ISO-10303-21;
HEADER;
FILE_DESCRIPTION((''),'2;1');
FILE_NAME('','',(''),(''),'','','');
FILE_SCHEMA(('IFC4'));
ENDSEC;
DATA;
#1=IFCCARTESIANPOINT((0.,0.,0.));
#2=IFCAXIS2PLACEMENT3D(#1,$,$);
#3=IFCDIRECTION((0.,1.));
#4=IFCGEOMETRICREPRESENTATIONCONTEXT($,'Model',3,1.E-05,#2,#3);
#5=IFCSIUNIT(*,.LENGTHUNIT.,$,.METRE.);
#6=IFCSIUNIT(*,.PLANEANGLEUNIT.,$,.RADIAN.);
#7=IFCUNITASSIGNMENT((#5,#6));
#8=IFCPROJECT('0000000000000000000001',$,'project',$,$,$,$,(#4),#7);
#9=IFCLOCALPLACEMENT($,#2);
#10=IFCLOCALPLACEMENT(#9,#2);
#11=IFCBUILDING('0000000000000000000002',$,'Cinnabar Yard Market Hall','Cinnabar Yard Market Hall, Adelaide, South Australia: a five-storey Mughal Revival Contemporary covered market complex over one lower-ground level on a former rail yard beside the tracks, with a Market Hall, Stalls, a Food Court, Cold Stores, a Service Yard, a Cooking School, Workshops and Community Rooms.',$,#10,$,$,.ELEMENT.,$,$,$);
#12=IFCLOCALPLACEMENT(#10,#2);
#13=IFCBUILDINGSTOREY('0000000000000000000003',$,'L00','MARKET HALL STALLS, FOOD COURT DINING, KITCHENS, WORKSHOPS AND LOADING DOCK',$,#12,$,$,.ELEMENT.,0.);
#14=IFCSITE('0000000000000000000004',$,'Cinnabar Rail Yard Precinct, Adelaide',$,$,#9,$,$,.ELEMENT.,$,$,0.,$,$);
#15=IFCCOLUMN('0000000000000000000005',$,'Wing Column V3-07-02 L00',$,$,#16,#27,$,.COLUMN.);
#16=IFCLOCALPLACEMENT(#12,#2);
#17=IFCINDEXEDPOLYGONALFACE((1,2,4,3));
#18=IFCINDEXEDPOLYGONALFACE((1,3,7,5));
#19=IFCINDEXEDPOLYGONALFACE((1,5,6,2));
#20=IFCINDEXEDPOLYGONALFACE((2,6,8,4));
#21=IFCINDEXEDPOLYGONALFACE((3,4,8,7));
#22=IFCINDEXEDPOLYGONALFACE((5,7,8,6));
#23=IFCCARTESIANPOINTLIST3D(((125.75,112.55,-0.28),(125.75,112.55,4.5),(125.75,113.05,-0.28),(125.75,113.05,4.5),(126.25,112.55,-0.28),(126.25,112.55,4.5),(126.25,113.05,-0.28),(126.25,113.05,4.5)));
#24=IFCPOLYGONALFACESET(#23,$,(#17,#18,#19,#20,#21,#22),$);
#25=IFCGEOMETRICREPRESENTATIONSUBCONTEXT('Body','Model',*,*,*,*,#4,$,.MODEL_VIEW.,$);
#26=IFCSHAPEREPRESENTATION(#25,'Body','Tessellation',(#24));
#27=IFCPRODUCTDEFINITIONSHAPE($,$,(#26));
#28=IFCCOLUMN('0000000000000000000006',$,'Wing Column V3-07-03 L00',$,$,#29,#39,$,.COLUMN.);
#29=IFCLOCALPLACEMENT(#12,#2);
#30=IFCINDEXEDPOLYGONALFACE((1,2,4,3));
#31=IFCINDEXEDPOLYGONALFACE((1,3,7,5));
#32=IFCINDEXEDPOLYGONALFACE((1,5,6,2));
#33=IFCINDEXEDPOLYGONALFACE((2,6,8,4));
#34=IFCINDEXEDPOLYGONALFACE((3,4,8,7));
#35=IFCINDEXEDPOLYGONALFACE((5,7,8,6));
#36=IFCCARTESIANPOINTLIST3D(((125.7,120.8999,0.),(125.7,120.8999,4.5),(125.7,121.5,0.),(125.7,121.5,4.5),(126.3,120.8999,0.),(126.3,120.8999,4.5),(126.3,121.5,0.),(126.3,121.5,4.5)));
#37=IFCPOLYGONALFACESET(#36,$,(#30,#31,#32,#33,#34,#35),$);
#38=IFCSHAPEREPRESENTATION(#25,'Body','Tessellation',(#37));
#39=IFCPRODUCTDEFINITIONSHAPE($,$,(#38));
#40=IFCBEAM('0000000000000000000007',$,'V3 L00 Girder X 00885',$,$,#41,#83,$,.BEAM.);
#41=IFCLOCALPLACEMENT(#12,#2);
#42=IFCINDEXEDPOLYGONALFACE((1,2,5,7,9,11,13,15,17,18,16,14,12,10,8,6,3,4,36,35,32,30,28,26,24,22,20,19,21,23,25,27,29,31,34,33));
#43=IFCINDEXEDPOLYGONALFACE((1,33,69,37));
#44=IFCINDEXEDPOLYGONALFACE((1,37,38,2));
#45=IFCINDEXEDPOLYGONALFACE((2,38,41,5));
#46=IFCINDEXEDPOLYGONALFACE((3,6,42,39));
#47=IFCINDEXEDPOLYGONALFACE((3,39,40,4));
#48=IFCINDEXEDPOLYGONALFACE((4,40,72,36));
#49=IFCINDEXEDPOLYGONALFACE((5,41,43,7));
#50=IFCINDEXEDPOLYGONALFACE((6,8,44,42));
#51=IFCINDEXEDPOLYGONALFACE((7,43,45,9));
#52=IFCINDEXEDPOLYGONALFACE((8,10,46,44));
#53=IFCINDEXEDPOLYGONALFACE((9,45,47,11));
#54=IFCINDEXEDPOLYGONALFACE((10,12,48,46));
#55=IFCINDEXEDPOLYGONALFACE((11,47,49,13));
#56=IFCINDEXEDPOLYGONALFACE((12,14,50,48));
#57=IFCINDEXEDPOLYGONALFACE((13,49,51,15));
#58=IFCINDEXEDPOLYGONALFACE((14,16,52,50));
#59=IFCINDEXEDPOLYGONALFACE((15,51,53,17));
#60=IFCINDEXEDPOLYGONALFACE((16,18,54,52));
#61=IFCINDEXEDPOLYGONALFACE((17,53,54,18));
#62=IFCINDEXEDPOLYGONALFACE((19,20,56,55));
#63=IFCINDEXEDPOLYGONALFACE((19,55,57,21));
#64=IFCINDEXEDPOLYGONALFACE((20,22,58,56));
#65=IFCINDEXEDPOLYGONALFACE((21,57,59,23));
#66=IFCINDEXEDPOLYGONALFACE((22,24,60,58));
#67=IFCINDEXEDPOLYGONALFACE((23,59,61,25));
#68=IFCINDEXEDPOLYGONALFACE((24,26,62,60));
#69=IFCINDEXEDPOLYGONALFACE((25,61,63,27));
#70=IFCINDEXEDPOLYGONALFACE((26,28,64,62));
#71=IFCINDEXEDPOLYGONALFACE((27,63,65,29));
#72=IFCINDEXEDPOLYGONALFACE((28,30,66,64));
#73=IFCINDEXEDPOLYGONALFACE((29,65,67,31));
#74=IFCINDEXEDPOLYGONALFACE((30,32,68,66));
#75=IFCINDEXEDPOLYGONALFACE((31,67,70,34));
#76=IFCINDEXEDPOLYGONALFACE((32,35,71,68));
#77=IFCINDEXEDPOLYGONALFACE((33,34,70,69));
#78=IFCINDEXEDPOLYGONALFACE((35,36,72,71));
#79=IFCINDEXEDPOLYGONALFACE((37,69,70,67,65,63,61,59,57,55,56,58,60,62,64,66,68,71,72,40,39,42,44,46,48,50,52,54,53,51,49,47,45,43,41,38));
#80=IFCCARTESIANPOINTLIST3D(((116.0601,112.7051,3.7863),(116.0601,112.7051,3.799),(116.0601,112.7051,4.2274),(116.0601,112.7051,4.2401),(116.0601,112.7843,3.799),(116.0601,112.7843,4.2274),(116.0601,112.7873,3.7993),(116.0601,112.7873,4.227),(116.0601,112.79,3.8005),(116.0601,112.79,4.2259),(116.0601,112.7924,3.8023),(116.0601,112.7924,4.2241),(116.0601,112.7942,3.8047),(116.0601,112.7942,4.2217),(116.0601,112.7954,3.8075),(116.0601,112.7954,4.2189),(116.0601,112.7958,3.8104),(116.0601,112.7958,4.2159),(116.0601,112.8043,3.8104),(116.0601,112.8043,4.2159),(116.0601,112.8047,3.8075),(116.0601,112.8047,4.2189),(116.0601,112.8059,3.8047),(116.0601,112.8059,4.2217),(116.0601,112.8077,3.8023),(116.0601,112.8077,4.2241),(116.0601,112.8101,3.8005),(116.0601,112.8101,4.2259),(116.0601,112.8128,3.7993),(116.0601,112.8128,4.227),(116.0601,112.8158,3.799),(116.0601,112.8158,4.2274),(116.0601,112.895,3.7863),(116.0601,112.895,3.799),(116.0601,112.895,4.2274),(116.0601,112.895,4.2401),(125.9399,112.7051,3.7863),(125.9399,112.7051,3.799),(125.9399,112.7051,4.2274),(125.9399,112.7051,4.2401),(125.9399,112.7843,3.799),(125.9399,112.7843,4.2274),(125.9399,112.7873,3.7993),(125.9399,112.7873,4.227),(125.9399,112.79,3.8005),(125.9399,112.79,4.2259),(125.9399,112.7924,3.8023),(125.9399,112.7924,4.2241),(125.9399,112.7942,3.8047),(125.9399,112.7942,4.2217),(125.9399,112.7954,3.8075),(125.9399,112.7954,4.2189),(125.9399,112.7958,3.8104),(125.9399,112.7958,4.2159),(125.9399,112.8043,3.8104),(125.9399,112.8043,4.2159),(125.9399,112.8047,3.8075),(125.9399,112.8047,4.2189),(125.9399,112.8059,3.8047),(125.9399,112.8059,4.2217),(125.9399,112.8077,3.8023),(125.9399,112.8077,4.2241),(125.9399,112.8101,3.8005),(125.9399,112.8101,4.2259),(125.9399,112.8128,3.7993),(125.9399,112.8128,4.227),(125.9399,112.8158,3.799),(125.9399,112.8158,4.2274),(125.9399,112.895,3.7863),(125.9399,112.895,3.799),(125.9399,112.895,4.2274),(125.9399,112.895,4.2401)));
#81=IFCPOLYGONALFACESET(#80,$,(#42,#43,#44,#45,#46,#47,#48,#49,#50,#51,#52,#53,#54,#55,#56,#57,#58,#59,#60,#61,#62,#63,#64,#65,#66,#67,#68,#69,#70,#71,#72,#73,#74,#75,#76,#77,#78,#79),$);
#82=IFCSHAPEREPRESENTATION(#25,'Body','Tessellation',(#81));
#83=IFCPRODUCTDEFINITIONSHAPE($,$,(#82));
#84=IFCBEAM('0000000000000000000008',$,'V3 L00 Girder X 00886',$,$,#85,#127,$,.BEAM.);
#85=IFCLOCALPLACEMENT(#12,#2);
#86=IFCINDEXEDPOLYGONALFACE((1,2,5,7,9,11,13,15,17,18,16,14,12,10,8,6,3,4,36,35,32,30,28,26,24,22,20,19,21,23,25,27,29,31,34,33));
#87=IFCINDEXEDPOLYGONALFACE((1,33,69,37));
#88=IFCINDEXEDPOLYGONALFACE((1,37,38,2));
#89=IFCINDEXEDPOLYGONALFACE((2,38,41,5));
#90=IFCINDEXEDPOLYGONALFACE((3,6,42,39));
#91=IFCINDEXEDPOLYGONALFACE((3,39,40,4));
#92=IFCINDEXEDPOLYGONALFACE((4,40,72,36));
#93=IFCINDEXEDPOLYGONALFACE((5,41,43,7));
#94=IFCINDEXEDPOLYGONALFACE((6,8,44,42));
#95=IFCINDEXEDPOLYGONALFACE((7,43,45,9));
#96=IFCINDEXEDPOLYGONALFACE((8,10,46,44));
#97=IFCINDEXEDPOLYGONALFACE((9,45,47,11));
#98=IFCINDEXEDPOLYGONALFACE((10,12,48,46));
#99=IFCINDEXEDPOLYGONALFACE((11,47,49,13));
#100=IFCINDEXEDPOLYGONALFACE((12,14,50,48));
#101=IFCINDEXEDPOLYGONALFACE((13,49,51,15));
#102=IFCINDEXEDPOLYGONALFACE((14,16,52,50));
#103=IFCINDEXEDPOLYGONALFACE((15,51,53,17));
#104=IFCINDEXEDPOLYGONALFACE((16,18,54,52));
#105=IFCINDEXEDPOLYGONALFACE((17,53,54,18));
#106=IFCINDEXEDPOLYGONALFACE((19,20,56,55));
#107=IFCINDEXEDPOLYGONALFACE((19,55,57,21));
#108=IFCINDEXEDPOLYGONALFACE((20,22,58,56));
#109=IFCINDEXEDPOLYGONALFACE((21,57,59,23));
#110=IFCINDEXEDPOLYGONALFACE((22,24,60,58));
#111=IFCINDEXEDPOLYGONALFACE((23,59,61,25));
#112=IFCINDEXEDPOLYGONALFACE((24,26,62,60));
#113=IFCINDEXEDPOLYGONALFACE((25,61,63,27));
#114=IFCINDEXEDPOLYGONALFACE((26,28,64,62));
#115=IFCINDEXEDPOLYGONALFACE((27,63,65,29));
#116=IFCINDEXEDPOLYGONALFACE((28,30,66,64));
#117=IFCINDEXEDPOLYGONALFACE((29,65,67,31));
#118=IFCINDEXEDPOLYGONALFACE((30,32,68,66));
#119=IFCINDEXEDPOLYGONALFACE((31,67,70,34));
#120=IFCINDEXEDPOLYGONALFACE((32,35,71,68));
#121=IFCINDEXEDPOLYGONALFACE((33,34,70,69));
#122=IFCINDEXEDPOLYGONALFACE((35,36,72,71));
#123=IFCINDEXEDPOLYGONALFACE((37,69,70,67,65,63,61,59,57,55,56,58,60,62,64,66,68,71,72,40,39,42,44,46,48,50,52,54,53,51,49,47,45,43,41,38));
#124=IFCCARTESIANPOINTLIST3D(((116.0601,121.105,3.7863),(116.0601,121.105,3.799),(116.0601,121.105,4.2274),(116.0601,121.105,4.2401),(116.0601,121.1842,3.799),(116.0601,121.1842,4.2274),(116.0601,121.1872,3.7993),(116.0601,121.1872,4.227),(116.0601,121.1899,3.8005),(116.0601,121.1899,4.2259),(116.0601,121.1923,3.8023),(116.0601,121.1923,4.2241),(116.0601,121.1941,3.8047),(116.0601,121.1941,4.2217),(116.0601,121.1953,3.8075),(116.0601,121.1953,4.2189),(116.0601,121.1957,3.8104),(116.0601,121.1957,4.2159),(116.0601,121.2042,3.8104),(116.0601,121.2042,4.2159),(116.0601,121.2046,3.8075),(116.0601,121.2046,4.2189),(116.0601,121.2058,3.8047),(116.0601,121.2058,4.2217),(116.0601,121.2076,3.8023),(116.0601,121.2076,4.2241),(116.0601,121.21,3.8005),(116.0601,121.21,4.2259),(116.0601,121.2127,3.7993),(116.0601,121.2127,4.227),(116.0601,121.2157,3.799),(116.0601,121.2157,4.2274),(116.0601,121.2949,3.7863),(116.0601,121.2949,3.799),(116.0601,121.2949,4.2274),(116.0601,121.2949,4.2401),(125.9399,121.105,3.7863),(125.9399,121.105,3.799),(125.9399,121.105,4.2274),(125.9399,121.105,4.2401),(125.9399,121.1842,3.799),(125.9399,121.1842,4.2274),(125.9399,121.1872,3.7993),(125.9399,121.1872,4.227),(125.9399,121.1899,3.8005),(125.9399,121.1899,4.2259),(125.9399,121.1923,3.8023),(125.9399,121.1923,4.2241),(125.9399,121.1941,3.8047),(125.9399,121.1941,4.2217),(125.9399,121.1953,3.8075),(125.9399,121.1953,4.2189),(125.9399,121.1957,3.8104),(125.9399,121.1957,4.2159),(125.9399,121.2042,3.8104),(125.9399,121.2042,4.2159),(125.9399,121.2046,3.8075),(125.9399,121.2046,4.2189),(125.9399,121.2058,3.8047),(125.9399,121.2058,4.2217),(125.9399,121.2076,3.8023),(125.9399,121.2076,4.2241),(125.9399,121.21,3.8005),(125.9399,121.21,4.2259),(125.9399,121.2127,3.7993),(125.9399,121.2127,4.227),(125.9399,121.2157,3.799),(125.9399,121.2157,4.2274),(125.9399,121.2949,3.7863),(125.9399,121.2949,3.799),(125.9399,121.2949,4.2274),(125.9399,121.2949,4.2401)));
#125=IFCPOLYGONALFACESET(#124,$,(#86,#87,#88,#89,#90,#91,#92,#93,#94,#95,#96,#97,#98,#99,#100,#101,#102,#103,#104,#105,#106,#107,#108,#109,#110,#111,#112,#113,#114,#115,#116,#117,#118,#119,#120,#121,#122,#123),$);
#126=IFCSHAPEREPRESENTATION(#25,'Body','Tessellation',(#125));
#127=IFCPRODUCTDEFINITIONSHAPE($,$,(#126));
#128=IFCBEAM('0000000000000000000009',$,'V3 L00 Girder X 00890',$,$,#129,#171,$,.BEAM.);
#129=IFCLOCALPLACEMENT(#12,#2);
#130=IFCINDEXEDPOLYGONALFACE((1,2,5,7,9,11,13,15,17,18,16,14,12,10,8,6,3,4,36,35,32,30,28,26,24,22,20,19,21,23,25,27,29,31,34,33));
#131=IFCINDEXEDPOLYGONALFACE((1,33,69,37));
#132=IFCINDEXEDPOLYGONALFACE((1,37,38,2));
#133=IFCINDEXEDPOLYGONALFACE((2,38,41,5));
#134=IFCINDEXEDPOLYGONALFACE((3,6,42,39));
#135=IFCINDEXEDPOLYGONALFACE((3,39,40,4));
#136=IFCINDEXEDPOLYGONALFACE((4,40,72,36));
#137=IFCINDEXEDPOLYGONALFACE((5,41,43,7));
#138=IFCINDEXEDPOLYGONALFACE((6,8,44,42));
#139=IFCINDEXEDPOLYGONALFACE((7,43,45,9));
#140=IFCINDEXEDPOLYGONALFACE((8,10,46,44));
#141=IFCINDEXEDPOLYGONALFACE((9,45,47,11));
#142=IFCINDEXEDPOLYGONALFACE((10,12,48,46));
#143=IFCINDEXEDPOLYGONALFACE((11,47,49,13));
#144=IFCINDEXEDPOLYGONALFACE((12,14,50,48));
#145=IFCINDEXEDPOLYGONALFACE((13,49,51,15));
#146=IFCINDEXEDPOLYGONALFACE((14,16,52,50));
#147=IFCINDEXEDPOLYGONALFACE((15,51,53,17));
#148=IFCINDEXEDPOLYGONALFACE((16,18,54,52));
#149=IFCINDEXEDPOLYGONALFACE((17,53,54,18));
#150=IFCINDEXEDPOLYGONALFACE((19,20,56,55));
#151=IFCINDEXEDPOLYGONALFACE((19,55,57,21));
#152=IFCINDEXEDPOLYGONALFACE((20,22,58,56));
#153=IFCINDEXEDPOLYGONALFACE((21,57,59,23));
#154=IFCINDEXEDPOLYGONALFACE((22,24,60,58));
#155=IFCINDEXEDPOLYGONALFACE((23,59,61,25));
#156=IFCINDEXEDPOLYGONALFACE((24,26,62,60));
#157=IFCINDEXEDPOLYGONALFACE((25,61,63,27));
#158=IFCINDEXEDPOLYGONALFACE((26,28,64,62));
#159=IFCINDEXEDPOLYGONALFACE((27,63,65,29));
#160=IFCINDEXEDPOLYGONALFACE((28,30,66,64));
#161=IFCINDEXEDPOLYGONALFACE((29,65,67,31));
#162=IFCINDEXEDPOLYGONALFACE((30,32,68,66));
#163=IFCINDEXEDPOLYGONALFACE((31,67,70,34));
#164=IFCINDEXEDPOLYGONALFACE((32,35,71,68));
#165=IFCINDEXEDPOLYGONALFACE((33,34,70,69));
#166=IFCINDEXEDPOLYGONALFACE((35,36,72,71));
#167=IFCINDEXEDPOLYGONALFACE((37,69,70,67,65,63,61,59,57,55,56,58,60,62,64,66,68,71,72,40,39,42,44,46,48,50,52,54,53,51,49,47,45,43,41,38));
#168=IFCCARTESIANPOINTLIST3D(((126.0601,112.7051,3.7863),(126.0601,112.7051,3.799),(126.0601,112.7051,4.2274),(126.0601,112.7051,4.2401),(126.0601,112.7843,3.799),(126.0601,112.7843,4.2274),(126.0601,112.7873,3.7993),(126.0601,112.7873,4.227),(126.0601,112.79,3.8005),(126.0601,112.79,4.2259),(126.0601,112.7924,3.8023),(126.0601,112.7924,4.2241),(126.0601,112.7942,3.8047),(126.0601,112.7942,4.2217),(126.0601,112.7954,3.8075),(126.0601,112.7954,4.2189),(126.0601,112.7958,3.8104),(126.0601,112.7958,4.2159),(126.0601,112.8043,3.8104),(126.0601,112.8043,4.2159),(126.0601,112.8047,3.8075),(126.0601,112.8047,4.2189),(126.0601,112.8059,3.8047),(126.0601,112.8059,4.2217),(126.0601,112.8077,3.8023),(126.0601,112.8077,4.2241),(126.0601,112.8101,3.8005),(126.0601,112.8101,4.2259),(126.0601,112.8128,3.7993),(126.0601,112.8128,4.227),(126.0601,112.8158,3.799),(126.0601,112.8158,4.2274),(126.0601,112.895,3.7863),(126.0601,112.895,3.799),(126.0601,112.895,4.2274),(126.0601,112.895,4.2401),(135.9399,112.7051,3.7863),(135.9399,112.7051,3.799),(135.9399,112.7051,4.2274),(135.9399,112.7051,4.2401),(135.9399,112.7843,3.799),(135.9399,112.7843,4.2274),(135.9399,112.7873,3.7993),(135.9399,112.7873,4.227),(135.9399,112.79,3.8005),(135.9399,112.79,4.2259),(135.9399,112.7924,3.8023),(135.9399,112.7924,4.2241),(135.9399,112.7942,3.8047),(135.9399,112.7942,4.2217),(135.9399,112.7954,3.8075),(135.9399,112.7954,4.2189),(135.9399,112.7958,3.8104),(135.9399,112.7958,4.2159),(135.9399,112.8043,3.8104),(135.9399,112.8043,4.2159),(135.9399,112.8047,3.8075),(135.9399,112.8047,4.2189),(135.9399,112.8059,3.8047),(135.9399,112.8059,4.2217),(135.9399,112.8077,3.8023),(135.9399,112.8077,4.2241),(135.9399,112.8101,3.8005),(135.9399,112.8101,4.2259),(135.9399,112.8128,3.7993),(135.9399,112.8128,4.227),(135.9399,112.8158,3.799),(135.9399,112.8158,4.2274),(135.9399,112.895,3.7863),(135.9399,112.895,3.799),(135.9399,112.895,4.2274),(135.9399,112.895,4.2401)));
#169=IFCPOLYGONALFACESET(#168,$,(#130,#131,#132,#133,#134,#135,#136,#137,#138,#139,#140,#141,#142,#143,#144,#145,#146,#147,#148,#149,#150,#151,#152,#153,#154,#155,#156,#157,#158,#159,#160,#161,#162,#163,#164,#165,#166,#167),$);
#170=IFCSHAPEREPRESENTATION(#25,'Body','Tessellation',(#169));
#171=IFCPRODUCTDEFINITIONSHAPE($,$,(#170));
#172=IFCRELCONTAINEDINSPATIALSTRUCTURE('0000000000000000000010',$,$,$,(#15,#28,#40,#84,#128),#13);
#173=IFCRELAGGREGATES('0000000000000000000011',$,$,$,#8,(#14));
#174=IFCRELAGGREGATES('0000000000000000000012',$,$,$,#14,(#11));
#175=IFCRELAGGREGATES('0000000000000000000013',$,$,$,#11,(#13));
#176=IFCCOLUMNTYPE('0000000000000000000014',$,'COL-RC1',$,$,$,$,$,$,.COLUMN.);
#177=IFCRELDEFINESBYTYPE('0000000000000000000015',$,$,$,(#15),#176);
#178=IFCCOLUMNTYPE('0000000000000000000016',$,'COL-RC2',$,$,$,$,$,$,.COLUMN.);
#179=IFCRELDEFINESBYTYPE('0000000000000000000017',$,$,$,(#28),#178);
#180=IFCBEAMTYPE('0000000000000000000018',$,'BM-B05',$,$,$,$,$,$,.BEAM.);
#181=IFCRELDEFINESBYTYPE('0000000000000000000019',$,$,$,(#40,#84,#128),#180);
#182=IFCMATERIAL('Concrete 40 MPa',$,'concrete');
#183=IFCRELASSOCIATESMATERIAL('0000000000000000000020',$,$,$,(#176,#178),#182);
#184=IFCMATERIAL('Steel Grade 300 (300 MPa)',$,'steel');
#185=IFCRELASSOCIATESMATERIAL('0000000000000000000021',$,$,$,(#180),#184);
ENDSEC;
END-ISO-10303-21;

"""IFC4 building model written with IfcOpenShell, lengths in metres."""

from ifc_helpers import new_model, si_unit, direction, frame, origin, origin_2d_with_axis, place, context, subcontext, project, spatial, rectangle, i_section, extrude, material, material_profile, profile_set, type_object, element, save


model = new_model("IFC4")

# Units and contexts
model_context = context("Model", 3, precision=1e-05, world=origin(), true_north=direction((0.0, 1.0)))
body_context = subcontext(model_context, "Body", "Model", "MODEL_VIEW")
ifc_project = project(units=[si_unit("LENGTHUNIT", "METRE"), si_unit("PLANEANGLEUNIT", "RADIAN")], contexts=[model_context])

# Site, building, storey
site_placement = place(None, origin())
site = spatial("IfcSite", under=ifc_project, at=site_placement, Name="Cinnabar Rail Yard Precinct, Adelaide", CompositionType="ELEMENT", RefElevation=0.0)
building_placement = place(site_placement, origin())
building = spatial("IfcBuilding", under=site, at=building_placement, Name="Cinnabar Yard Market Hall", Description="Cinnabar Yard Market Hall, Adelaide, South Australia: a five-storey Mughal Revival Contemporary covered market complex over one lower-ground level on a former rail yard beside the tracks, with a Market Hall, Stalls, a Food Court, Cold Stores, a Service Yard, a Cooking School, Workshops and Community Rooms.", CompositionType="ELEMENT")
storey_placement = place(building_placement, origin())
storey = spatial("IfcBuildingStorey", under=building, at=storey_placement, Name="L00", Description="MARKET HALL STALLS, FOOD COURT DINING, KITCHENS, WORKSHOPS AND LOADING DOCK", CompositionType="ELEMENT", Elevation=0.0)

# Columns
ifc_material_1 = material(Name="Steel Grade 300 (300 MPa)", Category="steel")
ifc_material_2 = material(Name="Concrete 40 MPa", Category="concrete")
ifc_material_profile_1 = material_profile(ifc_material_2, rectangle(XDim=0.5, YDim=0.5, at=origin_2d_with_axis()), Name="RC-500x500")
ifc_profile_set_1 = profile_set([ifc_material_profile_1], Name="Concrete 40 MPa")
column_type_1 = type_object("IfcColumnType", Name="COL-RC1", PredefinedType="COLUMN", material=ifc_profile_set_1)
column_1_placement = place(storey_placement, frame((126.0, 112.8, -0.28), z_axis=(0.0, 0.0, 1.0), x_axis=(1.0, 0.0, 0.0)))
element("IfcColumn", 1, at=column_1_placement, inside=storey, type_object=column_type_1, Name="Wing Column V3-07-02 L00", PredefinedType="COLUMN", context=body_context, shape_type="SweptSolid", body=[
    extrude(rectangle(XDim=0.5, YDim=0.5, at=origin_2d_with_axis()), origin(), (0.0, 0.0, 1.0), 4.78),
])
ifc_material_profile_2 = material_profile(ifc_material_2, rectangle(XDim=0.6001, YDim=0.6001, at=origin_2d_with_axis()), Name="RC-600x600")
ifc_profile_set_2 = profile_set([ifc_material_profile_2], Name="Concrete 40 MPa")
column_type_2 = type_object("IfcColumnType", Name="COL-RC2", PredefinedType="COLUMN", material=ifc_profile_set_2)
column_2_placement = place(storey_placement, frame((126.0, 121.2, 0.0), z_axis=(0.0, 0.0, 1.0), x_axis=(1.0, 0.0, 0.0)))
element("IfcColumn", 2, at=column_2_placement, inside=storey, type_object=column_type_2, Name="Wing Column V3-07-03 L00", PredefinedType="COLUMN", context=body_context, shape_type="SweptSolid", body=[
    extrude(rectangle(XDim=0.6001, YDim=0.6001, at=origin_2d_with_axis()), origin(), (0.0, 0.0, 1.0), 4.5),
])

# Beams
ifc_material_profile_3 = material_profile(ifc_material_1, i_section(OverallWidth=0.1899, OverallDepth=0.4539, WebThickness=0.0085, FlangeThickness=0.0127, FilletRadius=0.0115, at=origin_2d_with_axis()), Name="460UB67.1")
ifc_profile_set_3 = profile_set([ifc_material_profile_3], Name="Steel Grade 300 (300 MPa)")
beam_type_1 = type_object("IfcBeamType", Name="BM-B05", PredefinedType="BEAM", material=ifc_profile_set_3)
for number, where, z_axis, x_axis, name in (
    (3, (116.0601, 112.8, 4.0132), (1.0, 0.0, 0.0), (0.0, 1.0, 0.0), "V3 L00 Girder X 00885"),
    (4, (116.0601, 121.2, 4.0132), (1.0, 0.0, 0.0), (0.0, 1.0, 0.0), "V3 L00 Girder X 00886"),
    (5, (126.0601, 112.8, 4.0132), (1.0, 0.0, 0.0), (0.0, 1.0, 0.0), "V3 L00 Girder X 00890"),
):
    element("IfcBeam", number, at=place(storey_placement, frame(where, z_axis=z_axis, x_axis=x_axis)), inside=storey, type_object=beam_type_1, Name=name, PredefinedType="BEAM", context=body_context, shape_type="SweptSolid", body=[
        extrude(i_section(OverallWidth=0.1899, OverallDepth=0.4539, WebThickness=0.0085, FlangeThickness=0.0127, FilletRadius=0.0115, at=origin_2d_with_axis()), origin(), (0.0, 0.0, 1.0), 9.8799),
    ])

save(model, "model.ifc")
